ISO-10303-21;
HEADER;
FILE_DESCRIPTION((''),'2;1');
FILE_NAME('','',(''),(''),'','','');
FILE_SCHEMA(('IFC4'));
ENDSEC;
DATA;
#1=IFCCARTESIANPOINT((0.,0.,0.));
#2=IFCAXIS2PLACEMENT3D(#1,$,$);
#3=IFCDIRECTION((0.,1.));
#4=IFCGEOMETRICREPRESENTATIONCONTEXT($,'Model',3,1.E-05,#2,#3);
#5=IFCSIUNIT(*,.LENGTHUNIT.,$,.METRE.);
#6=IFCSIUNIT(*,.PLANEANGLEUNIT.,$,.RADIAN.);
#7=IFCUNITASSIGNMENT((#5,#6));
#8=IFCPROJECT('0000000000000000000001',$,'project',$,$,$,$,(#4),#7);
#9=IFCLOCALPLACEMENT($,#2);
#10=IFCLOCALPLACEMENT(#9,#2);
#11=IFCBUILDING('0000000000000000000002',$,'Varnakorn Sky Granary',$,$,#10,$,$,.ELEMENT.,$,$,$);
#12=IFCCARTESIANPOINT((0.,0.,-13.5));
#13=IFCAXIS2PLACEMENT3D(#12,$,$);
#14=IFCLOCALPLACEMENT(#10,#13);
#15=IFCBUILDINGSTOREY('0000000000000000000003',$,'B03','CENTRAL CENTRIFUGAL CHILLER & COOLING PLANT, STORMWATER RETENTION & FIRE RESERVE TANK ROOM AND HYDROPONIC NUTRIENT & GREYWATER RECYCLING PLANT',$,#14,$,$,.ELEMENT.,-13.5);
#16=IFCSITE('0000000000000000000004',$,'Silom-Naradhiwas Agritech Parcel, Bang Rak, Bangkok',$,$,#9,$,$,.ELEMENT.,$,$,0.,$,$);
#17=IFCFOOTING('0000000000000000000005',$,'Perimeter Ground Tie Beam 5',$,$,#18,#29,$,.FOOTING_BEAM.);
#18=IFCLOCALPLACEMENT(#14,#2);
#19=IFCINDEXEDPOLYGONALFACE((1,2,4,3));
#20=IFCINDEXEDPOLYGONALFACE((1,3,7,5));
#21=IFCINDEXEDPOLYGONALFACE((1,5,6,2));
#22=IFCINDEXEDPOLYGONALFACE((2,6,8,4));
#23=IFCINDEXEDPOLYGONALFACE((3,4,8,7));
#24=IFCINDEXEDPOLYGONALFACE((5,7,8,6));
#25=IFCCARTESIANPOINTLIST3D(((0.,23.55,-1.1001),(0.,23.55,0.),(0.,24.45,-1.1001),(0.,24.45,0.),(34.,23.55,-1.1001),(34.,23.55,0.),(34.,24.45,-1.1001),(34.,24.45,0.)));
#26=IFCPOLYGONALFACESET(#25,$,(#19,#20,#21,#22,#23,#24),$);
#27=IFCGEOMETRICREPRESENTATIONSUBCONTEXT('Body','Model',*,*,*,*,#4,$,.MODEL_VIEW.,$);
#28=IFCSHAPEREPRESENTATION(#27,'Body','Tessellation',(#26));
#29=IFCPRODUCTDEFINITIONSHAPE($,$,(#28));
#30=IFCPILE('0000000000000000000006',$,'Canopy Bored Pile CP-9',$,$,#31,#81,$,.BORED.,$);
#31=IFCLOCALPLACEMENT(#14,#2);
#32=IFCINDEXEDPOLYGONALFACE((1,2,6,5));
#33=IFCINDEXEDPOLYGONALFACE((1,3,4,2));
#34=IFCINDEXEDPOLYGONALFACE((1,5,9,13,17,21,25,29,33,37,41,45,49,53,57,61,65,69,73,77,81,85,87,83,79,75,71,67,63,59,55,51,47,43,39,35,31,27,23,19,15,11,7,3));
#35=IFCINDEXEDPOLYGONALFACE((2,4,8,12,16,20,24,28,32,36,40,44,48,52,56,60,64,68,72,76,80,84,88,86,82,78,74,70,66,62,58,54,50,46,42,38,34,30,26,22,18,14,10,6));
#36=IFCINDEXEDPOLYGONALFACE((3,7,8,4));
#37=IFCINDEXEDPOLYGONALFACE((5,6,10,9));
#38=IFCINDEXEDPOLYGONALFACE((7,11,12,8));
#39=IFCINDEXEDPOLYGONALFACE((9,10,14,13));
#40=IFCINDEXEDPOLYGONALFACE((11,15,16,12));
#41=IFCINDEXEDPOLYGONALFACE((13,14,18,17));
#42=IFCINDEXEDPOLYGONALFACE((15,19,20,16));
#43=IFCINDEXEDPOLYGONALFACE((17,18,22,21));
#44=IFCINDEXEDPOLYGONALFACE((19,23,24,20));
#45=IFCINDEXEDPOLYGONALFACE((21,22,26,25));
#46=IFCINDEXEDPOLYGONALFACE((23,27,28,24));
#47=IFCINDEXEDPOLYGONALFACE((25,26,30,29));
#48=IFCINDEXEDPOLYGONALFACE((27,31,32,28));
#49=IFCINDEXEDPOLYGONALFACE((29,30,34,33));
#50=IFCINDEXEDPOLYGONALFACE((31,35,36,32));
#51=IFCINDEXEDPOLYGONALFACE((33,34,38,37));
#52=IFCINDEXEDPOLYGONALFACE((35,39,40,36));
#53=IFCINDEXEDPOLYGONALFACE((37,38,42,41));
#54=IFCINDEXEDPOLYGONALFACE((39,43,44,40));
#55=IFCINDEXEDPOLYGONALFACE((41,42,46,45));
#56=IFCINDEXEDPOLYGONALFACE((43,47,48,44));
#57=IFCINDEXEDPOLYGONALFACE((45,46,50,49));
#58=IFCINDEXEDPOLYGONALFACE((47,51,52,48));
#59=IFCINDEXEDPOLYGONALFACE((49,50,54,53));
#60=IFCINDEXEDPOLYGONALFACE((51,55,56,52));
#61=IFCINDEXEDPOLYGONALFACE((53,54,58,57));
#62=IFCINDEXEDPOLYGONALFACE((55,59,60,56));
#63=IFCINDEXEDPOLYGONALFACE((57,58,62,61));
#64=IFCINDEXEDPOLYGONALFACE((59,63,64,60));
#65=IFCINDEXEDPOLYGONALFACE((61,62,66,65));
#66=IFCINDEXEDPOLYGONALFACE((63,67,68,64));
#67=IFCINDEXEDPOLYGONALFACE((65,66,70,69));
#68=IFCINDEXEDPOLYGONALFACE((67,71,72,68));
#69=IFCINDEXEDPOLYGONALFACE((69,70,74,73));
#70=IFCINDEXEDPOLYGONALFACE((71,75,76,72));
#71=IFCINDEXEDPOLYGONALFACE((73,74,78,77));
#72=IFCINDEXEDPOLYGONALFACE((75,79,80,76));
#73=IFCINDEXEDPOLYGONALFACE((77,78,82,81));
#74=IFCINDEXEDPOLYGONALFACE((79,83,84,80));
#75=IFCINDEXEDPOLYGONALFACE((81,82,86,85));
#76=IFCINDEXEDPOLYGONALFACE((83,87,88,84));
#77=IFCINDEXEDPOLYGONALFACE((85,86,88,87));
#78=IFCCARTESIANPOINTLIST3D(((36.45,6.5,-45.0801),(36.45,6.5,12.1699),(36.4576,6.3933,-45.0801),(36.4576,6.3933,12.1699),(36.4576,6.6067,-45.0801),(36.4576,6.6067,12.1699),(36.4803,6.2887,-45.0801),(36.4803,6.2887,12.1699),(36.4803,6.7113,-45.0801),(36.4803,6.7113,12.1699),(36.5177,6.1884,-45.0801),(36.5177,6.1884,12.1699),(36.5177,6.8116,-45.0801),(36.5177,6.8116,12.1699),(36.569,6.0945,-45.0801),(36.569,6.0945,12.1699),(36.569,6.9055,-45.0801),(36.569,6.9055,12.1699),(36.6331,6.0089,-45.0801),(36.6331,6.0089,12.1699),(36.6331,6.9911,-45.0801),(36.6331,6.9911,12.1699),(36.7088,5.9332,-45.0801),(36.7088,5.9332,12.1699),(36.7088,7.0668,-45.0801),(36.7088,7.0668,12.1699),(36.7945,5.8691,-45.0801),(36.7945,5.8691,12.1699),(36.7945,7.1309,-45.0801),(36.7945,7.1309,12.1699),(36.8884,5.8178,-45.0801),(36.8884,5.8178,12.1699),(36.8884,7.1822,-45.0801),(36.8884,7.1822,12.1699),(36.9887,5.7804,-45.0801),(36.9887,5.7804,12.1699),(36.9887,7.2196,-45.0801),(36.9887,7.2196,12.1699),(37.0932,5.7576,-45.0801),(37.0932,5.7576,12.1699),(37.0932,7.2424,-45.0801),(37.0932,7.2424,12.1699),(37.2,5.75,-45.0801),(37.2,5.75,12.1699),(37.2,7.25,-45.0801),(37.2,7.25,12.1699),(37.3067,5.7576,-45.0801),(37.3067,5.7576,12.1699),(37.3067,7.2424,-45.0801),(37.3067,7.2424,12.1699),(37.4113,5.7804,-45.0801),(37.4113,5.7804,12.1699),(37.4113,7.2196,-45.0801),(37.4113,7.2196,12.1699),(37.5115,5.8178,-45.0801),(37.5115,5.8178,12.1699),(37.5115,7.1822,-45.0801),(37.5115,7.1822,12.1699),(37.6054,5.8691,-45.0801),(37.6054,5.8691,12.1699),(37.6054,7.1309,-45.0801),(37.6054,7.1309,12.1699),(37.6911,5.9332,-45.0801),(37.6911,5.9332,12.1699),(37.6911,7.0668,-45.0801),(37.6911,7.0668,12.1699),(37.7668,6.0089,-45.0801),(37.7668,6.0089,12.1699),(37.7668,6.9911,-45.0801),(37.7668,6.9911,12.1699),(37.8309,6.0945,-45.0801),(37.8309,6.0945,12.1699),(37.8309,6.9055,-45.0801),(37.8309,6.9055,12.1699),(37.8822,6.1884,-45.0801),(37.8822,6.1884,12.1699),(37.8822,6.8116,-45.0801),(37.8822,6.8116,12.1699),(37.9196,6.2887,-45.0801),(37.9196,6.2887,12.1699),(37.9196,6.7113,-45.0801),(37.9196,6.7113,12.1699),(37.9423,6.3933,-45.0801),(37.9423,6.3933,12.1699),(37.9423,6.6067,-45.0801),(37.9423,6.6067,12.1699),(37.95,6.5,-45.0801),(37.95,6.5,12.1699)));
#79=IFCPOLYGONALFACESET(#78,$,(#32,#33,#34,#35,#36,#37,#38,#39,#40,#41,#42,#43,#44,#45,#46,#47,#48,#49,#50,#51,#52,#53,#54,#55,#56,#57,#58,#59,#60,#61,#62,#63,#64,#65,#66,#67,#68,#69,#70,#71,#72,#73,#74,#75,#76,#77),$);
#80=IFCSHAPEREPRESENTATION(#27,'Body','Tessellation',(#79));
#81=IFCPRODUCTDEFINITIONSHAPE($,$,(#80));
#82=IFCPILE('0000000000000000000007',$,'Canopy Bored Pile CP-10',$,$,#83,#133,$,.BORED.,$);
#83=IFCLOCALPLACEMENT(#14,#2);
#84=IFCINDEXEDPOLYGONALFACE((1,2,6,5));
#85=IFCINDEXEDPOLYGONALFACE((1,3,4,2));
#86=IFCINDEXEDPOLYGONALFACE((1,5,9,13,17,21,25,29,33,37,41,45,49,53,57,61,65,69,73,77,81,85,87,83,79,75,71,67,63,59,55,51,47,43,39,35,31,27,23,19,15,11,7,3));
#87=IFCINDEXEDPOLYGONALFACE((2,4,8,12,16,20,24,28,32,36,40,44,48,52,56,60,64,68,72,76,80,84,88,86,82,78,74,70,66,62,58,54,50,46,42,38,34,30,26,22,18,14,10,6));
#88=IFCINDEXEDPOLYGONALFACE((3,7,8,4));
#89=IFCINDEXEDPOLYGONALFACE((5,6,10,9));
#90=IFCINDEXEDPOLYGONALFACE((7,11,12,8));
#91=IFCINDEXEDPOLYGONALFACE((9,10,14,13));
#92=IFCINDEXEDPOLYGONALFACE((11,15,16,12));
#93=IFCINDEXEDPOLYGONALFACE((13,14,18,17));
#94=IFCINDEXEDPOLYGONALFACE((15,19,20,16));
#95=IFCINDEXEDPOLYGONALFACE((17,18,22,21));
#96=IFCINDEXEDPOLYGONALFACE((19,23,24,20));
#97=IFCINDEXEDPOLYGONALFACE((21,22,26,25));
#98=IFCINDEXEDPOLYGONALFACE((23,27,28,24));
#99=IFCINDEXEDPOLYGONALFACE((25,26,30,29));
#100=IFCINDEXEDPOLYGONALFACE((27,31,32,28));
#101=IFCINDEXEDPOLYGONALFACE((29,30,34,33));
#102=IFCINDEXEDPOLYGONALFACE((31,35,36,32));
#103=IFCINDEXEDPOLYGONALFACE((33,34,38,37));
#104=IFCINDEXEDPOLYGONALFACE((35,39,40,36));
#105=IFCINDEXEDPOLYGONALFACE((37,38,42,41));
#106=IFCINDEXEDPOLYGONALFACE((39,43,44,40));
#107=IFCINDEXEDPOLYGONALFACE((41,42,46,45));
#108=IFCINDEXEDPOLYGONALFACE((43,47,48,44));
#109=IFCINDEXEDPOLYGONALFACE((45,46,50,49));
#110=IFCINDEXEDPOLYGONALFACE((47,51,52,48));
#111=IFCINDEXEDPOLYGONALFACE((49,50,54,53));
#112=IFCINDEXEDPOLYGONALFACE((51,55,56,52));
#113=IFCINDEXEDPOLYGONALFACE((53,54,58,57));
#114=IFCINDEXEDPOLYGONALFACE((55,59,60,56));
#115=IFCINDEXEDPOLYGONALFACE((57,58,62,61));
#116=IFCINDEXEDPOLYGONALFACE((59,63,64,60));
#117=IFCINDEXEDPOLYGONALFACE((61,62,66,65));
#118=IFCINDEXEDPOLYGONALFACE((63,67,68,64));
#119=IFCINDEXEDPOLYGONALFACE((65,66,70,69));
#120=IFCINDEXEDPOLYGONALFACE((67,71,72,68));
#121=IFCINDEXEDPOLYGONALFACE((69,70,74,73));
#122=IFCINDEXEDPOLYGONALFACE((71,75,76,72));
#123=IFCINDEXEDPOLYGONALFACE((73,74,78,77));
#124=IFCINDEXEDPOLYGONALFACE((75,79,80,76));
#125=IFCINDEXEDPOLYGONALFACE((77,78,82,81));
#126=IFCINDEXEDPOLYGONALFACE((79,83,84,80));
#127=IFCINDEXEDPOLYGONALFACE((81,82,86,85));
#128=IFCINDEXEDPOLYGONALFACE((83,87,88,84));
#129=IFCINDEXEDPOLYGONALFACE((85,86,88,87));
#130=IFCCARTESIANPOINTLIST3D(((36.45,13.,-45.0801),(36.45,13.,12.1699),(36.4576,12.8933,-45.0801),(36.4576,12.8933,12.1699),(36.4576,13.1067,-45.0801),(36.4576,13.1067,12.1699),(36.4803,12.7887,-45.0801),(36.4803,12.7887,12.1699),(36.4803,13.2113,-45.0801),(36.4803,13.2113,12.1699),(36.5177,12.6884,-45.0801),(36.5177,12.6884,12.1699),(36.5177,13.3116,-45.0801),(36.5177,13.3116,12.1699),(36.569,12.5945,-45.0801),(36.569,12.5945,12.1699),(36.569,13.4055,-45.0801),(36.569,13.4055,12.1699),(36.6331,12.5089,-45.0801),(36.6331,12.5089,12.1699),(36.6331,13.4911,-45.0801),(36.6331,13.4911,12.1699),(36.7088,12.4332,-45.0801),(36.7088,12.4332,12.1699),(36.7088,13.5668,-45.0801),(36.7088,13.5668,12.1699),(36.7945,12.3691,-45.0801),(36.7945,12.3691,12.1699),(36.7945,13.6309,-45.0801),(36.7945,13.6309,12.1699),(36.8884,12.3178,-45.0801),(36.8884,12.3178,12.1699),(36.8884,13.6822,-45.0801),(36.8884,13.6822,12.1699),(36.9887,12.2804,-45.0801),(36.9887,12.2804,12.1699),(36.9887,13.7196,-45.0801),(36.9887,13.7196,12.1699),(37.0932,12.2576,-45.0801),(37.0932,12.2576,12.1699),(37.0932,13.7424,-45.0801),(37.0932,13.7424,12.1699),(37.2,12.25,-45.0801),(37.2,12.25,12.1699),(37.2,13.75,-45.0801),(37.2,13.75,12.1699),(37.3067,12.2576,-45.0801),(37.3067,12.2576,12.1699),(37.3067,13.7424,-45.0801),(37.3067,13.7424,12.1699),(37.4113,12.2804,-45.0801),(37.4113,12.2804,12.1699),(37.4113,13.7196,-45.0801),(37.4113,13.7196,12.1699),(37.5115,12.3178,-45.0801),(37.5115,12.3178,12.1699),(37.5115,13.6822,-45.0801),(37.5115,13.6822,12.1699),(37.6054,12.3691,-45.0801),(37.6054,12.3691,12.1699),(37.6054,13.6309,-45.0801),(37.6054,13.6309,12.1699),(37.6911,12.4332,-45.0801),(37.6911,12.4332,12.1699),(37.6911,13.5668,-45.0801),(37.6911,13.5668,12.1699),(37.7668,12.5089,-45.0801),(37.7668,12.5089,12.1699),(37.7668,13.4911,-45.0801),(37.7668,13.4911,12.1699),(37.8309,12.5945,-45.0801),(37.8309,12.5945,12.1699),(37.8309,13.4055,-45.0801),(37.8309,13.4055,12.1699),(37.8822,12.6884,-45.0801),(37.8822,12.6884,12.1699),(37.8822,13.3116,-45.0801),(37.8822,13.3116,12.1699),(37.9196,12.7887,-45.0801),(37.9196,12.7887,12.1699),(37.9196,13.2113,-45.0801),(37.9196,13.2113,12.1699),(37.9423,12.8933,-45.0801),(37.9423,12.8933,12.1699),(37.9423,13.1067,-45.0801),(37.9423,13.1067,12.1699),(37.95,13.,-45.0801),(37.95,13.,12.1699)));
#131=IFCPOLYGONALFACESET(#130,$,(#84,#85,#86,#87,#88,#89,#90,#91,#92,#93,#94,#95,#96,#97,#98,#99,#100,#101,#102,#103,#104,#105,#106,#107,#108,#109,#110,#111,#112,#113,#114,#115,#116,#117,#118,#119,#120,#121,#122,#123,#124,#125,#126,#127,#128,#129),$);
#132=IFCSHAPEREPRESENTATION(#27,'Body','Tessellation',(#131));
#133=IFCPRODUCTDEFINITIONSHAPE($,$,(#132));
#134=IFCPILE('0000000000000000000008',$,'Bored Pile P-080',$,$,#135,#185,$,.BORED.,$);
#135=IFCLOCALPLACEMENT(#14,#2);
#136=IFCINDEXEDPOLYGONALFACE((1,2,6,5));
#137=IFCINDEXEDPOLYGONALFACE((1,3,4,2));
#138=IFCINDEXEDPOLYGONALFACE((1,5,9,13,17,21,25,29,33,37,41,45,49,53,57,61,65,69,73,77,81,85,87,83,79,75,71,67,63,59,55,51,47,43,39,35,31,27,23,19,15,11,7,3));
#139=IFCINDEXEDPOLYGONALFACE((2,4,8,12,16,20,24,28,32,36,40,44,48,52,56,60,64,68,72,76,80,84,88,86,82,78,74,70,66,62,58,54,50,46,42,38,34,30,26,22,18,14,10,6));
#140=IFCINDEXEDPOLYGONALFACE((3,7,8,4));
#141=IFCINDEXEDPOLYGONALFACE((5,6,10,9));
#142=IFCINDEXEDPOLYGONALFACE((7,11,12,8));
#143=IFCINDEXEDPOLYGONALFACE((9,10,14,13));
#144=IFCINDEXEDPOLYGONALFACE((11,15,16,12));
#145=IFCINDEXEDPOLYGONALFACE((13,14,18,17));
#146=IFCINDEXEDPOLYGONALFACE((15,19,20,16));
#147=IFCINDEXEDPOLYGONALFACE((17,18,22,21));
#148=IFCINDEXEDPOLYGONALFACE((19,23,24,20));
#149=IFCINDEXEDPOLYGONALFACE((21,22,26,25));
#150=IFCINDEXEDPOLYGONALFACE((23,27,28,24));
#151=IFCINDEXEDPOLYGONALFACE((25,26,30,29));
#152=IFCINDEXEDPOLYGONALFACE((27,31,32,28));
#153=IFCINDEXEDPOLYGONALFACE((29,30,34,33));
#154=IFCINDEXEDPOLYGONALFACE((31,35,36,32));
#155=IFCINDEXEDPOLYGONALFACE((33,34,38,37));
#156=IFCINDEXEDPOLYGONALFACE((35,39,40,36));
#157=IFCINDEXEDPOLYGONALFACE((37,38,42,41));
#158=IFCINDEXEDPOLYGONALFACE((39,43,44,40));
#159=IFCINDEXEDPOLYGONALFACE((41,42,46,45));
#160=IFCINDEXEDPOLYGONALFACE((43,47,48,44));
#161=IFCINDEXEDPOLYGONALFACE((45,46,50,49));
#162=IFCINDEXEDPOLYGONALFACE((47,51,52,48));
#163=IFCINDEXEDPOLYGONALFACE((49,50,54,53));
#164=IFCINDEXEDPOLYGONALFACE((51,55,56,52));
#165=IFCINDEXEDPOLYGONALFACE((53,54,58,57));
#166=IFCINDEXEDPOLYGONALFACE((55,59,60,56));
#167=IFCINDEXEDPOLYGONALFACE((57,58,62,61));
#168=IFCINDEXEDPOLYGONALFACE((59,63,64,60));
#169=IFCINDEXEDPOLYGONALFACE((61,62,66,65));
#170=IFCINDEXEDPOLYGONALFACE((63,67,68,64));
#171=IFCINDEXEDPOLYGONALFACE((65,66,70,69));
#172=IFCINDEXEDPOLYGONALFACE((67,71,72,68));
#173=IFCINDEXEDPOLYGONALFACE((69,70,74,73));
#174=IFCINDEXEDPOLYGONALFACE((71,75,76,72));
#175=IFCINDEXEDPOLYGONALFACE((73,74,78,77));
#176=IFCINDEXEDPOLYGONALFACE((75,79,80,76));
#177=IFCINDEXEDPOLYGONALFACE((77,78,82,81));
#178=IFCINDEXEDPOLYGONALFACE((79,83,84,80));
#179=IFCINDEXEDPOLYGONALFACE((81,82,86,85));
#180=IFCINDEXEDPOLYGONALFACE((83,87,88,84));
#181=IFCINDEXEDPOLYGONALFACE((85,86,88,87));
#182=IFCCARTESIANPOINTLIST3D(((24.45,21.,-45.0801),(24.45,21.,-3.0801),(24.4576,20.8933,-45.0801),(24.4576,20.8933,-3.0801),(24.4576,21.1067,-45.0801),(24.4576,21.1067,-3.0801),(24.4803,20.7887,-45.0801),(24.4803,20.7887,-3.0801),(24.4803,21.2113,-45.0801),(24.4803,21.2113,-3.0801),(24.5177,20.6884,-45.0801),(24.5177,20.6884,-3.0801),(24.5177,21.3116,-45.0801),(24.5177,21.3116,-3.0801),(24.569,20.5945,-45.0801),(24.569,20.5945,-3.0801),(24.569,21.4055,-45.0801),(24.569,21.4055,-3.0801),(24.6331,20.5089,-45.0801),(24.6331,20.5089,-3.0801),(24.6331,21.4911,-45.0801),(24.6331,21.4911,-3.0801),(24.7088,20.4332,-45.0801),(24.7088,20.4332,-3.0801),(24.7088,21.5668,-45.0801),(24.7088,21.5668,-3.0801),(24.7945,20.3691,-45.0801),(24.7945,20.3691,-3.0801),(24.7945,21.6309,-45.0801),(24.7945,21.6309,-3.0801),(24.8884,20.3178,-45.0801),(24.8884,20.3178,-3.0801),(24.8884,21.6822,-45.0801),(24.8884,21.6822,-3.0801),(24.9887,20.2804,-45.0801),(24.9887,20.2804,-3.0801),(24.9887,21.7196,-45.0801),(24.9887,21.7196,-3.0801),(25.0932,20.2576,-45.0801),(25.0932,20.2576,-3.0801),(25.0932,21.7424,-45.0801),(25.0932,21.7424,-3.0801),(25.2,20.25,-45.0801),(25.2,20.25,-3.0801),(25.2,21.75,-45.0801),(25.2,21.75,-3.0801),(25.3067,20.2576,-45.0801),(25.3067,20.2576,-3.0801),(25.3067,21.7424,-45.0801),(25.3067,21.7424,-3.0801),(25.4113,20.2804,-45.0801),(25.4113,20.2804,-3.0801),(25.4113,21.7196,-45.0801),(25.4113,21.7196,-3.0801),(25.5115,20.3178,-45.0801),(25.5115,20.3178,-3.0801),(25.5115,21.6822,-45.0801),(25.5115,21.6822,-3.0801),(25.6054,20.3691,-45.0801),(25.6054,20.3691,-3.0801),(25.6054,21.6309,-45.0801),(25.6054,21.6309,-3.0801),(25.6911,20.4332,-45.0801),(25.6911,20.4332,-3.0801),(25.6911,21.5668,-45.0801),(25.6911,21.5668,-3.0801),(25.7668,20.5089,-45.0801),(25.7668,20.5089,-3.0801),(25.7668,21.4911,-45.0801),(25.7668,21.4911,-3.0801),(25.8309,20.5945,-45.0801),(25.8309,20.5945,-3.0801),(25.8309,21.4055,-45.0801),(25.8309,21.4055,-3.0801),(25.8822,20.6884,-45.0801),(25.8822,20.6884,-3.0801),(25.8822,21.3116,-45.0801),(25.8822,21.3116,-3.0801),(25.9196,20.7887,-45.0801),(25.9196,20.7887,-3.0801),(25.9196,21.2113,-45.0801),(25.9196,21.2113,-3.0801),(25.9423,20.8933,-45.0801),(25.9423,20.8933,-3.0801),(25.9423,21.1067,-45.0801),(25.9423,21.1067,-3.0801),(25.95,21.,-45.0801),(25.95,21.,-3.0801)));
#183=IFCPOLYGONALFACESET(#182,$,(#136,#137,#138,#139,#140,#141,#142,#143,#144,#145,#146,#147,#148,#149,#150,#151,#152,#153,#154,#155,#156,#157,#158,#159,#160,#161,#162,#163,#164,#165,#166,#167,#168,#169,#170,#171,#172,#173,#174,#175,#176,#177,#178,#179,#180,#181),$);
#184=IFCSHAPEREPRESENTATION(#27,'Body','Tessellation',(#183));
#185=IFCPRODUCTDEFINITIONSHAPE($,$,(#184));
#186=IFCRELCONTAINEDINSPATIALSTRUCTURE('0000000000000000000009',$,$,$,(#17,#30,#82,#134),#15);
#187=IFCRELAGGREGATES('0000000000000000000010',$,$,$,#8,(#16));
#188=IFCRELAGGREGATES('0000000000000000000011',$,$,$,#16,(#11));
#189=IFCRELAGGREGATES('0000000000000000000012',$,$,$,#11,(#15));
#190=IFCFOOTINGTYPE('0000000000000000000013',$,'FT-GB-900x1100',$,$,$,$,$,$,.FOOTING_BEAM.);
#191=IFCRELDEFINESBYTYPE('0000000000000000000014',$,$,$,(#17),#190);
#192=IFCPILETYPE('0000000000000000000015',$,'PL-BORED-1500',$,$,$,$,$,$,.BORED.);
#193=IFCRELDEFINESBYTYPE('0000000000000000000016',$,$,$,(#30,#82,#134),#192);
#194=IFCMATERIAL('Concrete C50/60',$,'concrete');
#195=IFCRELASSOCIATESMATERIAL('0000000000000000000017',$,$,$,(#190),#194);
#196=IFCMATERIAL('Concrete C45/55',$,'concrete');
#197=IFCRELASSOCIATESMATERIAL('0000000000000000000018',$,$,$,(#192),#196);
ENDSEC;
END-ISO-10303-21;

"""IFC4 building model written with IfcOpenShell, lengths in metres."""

from ifc_helpers import new_model, si_unit, direction, frame, origin, origin_2d, place, context, subcontext, project, spatial, rectangle, circle, extrude, material, material_profile, profile_set, type_object, element, save


model = new_model("IFC4")

# Units and contexts
model_context = context("Model", 3, precision=1e-05, world=origin(), true_north=direction((0.0, 1.0)))
body_context = subcontext(model_context, "Body", "Model", "MODEL_VIEW")
ifc_project = project(units=[si_unit("LENGTHUNIT", "METRE"), si_unit("PLANEANGLEUNIT", "RADIAN")], contexts=[model_context])

# Site, building, storey
site_placement = place(None, origin())
site = spatial("IfcSite", under=ifc_project, at=site_placement, Name="Silom-Naradhiwas Agritech Parcel, Bang Rak, Bangkok", CompositionType="ELEMENT", RefElevation=0.0)
building_placement = place(site_placement, origin())
building = spatial("IfcBuilding", under=site, at=building_placement, Name="Varnakorn Sky Granary", CompositionType="ELEMENT")
storey_placement = place(building_placement, frame((0.0, 0.0, -13.5)))
storey = spatial("IfcBuildingStorey", under=building, at=storey_placement, Name="B03", Description="CENTRAL CENTRIFUGAL CHILLER & COOLING PLANT, STORMWATER RETENTION & FIRE RESERVE TANK ROOM AND HYDROPONIC NUTRIENT & GREYWATER RECYCLING PLANT", CompositionType="ELEMENT", Elevation=-13.5)

# Footing
ifc_material_1 = material(Name="Concrete C50/60", Category="concrete")
ifc_material_profile_1 = material_profile(ifc_material_1, rectangle(XDim=0.8999, YDim=1.1001, at=origin_2d()), Name="RC 900x1100")
ifc_profile_set_1 = profile_set([ifc_material_profile_1], Name="Concrete C50/60")
footing_type = type_object("IfcFootingType", Name="FT-GB-900x1100", PredefinedType="FOOTING_BEAM", material=ifc_profile_set_1)
footing_placement = place(storey_placement, frame((34.0, 24.0, -0.55), z_axis=(-1.0, 0.0, 0.0), x_axis=(0.0, -1.0, 0.0)))
element("IfcFooting", 1, at=footing_placement, inside=storey, type_object=footing_type, Name="Perimeter Ground Tie Beam 5", PredefinedType="FOOTING_BEAM", context=body_context, shape_type="SweptSolid", body=[
    extrude(rectangle(XDim=0.8999, YDim=1.1001, at=origin_2d()), origin(), (0.0, 0.0, 1.0), 34.0),
])

# Piles
ifc_material_2 = material(Name="Concrete C45/55", Category="concrete")
ifc_material_profile_2 = material_profile(ifc_material_2, circle(Radius=0.75, at=origin_2d()), Name="PILE D1500")
ifc_profile_set_2 = profile_set([ifc_material_profile_2], Name="Concrete C45/55")
pile_type = type_object("IfcPileType", Name="PL-BORED-1500", PredefinedType="BORED", material=ifc_profile_set_2)
for number, where, z_axis, x_axis, name in (
    (2, (37.2, 6.5, 12.1699), (0.0, 0.0, -1.0), (1.0, 0.0, 0.0), "Canopy Bored Pile CP-9"),
    (3, (37.2, 13.0, 12.1699), (0.0, 0.0, -1.0), (1.0, 0.0, 0.0), "Canopy Bored Pile CP-10"),
):
    element("IfcPile", number, at=place(storey_placement, frame(where, z_axis=z_axis, x_axis=x_axis)), inside=storey, type_object=pile_type, Name=name, PredefinedType="BORED", context=body_context, shape_type="SweptSolid", body=[
        extrude(circle(Radius=0.75, at=origin_2d()), origin(), (0.0, 0.0, 1.0), 57.25),
    ])
for number, where, z_axis, x_axis, name in (
    (4, (25.2, 21.0, -3.0801), (0.0, 0.0, -1.0), (1.0, 0.0, 0.0), "Bored Pile P-080"),
):
    element("IfcPile", number, at=place(storey_placement, frame(where, z_axis=z_axis, x_axis=x_axis)), inside=storey, type_object=pile_type, Name=name, PredefinedType="BORED", context=body_context, shape_type="SweptSolid", body=[
        extrude(circle(Radius=0.75, at=origin_2d()), origin(), (0.0, 0.0, 1.0), 42.0),
    ])

save(model, "model.ifc")
